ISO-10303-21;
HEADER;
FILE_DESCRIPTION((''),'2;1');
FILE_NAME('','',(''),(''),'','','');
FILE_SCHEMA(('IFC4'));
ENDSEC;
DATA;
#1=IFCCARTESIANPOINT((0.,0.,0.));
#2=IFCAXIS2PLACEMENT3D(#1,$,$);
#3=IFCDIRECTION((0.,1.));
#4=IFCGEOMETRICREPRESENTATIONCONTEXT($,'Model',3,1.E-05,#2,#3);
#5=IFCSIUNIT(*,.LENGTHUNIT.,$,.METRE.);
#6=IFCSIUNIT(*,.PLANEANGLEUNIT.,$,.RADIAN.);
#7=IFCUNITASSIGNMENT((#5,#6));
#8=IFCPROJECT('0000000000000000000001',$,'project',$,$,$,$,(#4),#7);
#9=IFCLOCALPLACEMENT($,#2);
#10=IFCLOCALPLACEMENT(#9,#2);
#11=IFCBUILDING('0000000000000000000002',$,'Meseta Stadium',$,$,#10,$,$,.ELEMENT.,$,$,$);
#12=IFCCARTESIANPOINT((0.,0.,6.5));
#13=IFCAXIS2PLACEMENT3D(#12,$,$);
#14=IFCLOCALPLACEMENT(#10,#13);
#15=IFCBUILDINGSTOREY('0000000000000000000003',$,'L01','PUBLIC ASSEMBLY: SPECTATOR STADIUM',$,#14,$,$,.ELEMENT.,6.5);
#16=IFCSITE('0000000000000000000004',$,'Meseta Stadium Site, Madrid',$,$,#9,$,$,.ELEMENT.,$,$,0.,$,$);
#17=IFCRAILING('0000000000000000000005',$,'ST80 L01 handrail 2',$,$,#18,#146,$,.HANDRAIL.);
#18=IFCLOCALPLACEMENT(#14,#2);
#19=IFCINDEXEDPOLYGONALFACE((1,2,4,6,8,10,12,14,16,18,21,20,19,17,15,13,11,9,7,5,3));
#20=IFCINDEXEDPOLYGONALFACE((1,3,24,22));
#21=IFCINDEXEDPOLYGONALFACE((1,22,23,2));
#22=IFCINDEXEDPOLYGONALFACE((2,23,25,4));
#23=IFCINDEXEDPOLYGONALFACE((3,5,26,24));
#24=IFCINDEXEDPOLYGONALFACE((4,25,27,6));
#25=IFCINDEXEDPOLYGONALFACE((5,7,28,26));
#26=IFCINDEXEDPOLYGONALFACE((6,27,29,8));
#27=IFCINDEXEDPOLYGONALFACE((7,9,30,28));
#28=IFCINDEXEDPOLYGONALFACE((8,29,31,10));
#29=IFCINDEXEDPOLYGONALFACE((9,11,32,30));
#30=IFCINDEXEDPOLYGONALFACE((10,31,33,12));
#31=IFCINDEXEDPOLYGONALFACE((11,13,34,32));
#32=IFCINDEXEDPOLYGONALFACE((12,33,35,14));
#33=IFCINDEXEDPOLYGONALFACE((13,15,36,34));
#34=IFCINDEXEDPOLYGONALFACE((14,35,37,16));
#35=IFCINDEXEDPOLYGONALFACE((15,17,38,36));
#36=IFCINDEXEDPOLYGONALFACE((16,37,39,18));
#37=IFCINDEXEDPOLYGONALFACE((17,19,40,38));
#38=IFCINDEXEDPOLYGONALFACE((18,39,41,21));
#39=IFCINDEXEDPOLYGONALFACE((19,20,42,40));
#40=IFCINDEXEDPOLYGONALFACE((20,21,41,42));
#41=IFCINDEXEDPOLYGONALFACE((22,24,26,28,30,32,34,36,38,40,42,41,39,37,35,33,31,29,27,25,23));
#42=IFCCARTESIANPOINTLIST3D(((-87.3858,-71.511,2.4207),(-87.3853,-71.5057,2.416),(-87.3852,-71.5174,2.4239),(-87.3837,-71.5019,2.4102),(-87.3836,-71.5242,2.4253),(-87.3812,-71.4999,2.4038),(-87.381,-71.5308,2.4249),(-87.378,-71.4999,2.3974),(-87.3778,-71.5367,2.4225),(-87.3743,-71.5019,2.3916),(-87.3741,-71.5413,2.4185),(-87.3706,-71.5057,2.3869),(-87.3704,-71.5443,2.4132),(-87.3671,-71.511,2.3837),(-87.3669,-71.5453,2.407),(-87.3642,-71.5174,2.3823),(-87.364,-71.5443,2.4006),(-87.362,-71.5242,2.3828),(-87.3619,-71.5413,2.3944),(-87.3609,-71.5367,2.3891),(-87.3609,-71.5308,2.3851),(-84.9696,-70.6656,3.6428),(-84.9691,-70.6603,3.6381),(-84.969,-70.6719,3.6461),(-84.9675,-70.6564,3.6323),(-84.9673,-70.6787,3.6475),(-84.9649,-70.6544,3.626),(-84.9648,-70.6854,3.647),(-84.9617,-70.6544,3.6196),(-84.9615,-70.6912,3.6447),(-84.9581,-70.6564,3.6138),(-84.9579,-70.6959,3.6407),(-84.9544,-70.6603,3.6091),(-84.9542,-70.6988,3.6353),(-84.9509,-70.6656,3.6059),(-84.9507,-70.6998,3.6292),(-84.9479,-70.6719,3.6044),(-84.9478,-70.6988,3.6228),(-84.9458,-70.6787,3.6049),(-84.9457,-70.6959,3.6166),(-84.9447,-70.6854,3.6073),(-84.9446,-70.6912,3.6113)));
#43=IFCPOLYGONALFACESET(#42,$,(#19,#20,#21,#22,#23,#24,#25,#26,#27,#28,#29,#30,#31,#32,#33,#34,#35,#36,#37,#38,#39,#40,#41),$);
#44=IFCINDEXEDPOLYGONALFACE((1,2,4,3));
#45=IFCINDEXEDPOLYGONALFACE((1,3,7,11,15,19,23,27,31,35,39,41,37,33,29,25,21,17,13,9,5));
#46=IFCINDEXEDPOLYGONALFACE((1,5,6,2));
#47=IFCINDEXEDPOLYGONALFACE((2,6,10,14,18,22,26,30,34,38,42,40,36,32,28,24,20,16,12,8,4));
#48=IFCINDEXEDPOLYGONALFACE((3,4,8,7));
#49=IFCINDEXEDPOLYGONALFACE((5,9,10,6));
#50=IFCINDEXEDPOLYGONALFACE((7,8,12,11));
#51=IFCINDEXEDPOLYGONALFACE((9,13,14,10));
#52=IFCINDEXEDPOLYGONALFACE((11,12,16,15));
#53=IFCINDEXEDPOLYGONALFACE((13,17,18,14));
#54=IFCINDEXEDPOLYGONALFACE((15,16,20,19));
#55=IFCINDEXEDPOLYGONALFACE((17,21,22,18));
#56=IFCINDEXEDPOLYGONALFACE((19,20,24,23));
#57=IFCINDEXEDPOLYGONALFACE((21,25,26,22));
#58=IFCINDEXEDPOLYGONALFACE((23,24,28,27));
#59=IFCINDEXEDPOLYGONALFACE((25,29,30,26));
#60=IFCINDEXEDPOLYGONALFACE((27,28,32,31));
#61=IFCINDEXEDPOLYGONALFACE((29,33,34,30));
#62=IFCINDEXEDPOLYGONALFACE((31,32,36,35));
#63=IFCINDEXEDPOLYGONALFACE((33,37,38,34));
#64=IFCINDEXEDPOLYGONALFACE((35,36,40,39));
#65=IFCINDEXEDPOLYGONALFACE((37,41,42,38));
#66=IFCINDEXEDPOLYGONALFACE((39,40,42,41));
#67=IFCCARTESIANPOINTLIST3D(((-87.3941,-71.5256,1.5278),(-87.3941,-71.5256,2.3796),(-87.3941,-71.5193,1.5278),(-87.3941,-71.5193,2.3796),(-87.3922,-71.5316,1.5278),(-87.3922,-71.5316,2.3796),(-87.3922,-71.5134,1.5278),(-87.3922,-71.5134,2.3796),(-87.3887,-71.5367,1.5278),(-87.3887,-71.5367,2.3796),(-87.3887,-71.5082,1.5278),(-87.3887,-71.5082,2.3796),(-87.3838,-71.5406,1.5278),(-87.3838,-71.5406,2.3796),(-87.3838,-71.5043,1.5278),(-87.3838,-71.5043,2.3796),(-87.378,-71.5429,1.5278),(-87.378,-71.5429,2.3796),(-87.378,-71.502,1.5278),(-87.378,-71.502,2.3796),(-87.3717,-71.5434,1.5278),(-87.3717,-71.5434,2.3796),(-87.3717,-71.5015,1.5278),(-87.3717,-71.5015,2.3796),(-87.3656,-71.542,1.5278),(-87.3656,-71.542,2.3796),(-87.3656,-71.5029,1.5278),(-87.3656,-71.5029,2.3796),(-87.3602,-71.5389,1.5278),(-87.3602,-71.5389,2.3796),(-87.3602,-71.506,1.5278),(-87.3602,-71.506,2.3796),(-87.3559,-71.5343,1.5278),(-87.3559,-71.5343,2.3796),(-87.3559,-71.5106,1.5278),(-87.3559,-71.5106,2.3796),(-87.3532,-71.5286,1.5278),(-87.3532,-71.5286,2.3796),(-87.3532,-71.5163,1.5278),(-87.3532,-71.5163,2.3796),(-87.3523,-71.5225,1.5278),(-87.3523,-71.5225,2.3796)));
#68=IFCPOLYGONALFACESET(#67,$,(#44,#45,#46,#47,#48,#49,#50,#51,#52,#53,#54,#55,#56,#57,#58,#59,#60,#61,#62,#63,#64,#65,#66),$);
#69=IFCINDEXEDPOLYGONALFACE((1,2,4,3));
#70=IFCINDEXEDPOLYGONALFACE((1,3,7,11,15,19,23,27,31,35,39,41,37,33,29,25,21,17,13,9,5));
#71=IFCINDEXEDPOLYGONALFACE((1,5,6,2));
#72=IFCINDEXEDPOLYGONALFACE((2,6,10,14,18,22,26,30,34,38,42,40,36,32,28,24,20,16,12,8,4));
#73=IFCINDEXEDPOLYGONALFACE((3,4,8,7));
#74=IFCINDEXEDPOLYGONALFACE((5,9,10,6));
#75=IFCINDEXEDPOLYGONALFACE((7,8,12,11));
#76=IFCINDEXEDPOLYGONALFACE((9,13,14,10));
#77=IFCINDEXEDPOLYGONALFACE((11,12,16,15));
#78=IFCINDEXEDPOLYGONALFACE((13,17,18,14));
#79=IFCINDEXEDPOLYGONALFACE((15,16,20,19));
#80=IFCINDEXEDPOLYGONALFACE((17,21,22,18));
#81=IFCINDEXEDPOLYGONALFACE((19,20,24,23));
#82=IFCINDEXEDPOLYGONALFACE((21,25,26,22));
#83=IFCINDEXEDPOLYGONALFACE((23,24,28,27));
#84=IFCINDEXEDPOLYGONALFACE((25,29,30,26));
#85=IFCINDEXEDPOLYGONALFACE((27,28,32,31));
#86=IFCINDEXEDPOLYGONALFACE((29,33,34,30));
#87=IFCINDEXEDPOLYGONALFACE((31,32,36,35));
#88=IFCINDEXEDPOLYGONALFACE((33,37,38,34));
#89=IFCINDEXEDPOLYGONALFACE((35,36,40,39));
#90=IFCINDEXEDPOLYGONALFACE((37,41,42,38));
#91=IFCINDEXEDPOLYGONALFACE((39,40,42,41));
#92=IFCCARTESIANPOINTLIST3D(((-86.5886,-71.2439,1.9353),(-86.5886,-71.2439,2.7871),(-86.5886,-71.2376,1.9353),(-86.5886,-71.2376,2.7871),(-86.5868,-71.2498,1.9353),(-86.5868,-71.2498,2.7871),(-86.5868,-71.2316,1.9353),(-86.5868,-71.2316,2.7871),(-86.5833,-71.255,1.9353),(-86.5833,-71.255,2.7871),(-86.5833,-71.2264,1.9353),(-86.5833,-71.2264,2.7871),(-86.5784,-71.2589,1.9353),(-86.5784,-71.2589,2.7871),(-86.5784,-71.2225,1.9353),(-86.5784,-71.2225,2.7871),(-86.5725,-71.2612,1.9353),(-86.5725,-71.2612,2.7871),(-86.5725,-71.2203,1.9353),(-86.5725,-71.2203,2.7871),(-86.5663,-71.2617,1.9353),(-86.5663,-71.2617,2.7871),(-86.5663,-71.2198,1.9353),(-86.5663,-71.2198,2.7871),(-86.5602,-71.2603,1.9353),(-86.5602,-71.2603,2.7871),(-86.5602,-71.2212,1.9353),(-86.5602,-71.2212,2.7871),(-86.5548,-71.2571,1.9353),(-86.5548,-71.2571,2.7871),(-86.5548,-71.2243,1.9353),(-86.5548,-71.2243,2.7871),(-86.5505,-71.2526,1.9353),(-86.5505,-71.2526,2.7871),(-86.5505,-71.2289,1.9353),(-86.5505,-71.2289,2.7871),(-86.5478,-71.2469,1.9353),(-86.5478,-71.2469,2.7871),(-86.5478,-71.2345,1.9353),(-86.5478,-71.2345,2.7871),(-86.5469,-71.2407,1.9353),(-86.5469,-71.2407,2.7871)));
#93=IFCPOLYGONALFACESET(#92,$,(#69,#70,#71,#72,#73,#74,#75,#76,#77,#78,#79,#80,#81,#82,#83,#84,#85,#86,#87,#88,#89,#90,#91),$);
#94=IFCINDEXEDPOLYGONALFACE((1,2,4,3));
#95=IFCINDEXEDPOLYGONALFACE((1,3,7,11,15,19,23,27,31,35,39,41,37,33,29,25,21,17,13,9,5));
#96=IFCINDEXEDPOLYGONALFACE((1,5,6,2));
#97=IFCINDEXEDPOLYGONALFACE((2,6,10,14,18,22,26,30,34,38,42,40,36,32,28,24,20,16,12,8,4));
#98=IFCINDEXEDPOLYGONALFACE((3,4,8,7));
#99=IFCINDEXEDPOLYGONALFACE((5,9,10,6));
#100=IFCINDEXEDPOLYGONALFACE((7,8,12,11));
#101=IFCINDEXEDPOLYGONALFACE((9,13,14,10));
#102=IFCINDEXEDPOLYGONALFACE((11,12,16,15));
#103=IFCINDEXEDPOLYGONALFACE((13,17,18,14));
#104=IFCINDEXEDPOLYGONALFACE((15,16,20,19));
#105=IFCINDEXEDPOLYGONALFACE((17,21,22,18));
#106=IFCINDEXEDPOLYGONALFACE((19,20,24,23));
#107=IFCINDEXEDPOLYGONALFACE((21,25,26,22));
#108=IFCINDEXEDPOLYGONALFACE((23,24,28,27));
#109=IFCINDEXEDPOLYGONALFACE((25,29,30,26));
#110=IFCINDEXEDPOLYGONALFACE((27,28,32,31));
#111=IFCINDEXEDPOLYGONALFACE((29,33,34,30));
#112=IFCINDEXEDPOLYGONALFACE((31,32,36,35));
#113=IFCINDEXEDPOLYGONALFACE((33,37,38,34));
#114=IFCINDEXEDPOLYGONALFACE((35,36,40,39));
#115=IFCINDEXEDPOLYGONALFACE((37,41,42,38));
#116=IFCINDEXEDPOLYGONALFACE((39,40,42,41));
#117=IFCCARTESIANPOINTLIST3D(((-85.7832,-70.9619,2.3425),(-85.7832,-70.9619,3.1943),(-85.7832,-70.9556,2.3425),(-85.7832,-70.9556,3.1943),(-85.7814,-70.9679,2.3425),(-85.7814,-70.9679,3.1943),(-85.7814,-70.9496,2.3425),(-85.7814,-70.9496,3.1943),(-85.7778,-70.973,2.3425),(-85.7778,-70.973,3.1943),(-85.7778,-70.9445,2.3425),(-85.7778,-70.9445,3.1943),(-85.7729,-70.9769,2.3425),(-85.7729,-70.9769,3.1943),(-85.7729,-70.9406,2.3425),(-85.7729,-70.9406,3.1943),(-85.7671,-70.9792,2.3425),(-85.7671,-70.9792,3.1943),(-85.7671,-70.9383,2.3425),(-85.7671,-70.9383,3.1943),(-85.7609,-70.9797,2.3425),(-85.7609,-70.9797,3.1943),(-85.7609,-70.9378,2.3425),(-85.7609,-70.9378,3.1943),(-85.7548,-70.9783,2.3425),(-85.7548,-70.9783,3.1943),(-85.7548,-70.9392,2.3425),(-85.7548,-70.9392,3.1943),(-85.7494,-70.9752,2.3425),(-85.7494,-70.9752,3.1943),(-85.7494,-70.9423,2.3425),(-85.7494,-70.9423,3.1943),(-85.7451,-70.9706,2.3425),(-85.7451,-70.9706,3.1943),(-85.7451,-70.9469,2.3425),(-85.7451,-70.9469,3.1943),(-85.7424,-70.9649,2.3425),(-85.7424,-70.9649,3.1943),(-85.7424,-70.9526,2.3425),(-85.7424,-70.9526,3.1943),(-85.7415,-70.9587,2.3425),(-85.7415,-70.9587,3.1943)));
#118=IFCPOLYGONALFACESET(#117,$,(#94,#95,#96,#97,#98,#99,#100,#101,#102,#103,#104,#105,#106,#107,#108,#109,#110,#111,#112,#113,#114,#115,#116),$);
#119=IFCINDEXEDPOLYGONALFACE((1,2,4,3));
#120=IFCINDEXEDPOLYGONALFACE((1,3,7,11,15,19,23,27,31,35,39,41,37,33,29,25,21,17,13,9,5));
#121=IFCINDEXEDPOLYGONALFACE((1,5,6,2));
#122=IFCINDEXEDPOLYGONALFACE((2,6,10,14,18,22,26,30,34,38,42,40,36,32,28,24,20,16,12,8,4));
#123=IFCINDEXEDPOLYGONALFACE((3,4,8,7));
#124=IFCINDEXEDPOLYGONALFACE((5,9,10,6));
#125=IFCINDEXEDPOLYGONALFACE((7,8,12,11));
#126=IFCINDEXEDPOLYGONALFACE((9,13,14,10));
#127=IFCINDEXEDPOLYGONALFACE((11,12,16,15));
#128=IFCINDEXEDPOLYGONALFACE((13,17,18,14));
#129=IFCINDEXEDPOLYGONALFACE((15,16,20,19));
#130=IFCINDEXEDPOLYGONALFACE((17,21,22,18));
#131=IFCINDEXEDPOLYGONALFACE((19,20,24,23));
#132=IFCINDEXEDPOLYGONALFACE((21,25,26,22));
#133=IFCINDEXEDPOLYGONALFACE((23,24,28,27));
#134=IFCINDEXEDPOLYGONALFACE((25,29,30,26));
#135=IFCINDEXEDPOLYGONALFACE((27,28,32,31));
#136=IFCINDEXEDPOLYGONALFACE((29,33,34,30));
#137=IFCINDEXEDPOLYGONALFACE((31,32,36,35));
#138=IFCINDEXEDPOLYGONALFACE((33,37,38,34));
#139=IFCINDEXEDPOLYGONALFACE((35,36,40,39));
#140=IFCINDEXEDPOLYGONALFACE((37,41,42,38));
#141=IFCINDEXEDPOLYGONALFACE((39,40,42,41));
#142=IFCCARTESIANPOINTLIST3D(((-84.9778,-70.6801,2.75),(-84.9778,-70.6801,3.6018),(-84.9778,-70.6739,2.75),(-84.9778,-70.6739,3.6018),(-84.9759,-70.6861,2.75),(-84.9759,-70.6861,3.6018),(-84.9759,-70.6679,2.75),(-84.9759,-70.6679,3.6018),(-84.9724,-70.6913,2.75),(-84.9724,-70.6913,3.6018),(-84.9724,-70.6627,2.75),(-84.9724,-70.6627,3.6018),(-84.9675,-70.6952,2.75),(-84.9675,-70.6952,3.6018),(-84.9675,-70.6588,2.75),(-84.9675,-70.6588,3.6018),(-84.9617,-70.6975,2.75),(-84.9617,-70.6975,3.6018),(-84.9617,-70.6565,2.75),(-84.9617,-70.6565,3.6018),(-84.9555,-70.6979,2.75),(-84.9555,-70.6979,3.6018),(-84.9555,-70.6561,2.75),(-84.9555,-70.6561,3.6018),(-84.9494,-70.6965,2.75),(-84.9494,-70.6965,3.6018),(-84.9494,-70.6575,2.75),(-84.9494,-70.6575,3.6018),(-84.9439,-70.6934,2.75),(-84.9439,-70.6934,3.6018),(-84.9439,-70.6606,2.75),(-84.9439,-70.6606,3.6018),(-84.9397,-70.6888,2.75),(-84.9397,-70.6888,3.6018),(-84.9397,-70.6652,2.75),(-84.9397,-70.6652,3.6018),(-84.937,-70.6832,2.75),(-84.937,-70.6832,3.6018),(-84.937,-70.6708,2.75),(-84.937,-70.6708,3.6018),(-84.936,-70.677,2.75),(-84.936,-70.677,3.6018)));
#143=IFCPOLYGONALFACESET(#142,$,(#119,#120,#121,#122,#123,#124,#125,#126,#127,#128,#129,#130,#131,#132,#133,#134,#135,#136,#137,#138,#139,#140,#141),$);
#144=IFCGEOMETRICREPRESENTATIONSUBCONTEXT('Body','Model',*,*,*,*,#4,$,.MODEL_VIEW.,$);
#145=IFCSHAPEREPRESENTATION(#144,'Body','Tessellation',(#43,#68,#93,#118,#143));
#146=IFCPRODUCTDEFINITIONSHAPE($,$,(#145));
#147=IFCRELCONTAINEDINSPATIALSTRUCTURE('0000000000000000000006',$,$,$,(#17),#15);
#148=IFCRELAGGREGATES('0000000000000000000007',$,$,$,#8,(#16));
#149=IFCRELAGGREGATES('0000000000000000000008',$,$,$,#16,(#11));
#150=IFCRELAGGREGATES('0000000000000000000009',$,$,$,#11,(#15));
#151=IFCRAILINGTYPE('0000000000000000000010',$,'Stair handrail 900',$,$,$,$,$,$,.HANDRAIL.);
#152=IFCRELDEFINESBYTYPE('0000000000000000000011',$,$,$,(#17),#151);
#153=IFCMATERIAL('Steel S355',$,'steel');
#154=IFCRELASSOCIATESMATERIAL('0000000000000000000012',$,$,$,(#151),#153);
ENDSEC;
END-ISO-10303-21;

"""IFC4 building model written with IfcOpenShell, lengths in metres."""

from ifc_helpers import new_model, si_unit, direction, frame, origin, origin_2d, place, context, subcontext, project, spatial, circle, extrude, material, type_object, element, save


model = new_model("IFC4")

# Units and contexts
model_context = context("Model", 3, precision=1e-05, world=origin(), true_north=direction((0.0, 1.0)))
body_context = subcontext(model_context, "Body", "Model", "MODEL_VIEW")
ifc_project = project(units=[si_unit("LENGTHUNIT", "METRE"), si_unit("PLANEANGLEUNIT", "RADIAN")], contexts=[model_context])

# Site, building, storey
site_placement = place(None, origin())
site = spatial("IfcSite", under=ifc_project, at=site_placement, Name="Meseta Stadium Site, Madrid", CompositionType="ELEMENT", RefElevation=0.0)
building_placement = place(site_placement, origin())
building = spatial("IfcBuilding", under=site, at=building_placement, Name="Meseta Stadium", CompositionType="ELEMENT")
storey_placement = place(building_placement, frame((0.0, 0.0, 6.5)))
storey = spatial("IfcBuildingStorey", under=building, at=storey_placement, Name="L01", Description="PUBLIC ASSEMBLY: SPECTATOR STADIUM", CompositionType="ELEMENT", Elevation=6.5)

# Railing
ifc_material_1 = material(Name="Steel S355", Category="steel")
railing_type_1 = type_object("IfcRailingType", Name="Stair handrail 900", PredefinedType="HANDRAIL", material=ifc_material_1)
railing_1_placement = place(storey_placement, frame((-87.3733, -71.5225, 1.5278)))
element("IfcRailing", 1, at=railing_1_placement, inside=storey, type_object=railing_type_1, Name="ST80 L01 handrail 2", PredefinedType="HANDRAIL", context=body_context, shape_type="SweptSolid", body=[
    extrude(circle(Radius=0.0239, at=origin_2d()), frame((0.0, 0.0, 0.876), z_axis=(0.851789, 0.298044, 0.430843), x_axis=(-0.33027, 0.943887, 0.0)), (0.0, 0.0, 1.0), 2.8367),
    extrude(circle(Radius=0.021, at=origin_2d()), origin(), (0.0, 0.0, 1.0), 0.8518),
    extrude(circle(Radius=0.021, at=origin_2d()), frame((0.8054, 0.2817, 0.4075)), (0.0, 0.0, 1.0), 0.8518),
    extrude(circle(Radius=0.021, at=origin_2d()), frame((1.6108, 0.5637, 0.8147)), (0.0, 0.0, 1.0), 0.8518),
    extrude(circle(Radius=0.021, at=origin_2d()), frame((2.4163, 0.8455, 1.2222)), (0.0, 0.0, 1.0), 0.8518),
])

save(model, "model.ifc")
